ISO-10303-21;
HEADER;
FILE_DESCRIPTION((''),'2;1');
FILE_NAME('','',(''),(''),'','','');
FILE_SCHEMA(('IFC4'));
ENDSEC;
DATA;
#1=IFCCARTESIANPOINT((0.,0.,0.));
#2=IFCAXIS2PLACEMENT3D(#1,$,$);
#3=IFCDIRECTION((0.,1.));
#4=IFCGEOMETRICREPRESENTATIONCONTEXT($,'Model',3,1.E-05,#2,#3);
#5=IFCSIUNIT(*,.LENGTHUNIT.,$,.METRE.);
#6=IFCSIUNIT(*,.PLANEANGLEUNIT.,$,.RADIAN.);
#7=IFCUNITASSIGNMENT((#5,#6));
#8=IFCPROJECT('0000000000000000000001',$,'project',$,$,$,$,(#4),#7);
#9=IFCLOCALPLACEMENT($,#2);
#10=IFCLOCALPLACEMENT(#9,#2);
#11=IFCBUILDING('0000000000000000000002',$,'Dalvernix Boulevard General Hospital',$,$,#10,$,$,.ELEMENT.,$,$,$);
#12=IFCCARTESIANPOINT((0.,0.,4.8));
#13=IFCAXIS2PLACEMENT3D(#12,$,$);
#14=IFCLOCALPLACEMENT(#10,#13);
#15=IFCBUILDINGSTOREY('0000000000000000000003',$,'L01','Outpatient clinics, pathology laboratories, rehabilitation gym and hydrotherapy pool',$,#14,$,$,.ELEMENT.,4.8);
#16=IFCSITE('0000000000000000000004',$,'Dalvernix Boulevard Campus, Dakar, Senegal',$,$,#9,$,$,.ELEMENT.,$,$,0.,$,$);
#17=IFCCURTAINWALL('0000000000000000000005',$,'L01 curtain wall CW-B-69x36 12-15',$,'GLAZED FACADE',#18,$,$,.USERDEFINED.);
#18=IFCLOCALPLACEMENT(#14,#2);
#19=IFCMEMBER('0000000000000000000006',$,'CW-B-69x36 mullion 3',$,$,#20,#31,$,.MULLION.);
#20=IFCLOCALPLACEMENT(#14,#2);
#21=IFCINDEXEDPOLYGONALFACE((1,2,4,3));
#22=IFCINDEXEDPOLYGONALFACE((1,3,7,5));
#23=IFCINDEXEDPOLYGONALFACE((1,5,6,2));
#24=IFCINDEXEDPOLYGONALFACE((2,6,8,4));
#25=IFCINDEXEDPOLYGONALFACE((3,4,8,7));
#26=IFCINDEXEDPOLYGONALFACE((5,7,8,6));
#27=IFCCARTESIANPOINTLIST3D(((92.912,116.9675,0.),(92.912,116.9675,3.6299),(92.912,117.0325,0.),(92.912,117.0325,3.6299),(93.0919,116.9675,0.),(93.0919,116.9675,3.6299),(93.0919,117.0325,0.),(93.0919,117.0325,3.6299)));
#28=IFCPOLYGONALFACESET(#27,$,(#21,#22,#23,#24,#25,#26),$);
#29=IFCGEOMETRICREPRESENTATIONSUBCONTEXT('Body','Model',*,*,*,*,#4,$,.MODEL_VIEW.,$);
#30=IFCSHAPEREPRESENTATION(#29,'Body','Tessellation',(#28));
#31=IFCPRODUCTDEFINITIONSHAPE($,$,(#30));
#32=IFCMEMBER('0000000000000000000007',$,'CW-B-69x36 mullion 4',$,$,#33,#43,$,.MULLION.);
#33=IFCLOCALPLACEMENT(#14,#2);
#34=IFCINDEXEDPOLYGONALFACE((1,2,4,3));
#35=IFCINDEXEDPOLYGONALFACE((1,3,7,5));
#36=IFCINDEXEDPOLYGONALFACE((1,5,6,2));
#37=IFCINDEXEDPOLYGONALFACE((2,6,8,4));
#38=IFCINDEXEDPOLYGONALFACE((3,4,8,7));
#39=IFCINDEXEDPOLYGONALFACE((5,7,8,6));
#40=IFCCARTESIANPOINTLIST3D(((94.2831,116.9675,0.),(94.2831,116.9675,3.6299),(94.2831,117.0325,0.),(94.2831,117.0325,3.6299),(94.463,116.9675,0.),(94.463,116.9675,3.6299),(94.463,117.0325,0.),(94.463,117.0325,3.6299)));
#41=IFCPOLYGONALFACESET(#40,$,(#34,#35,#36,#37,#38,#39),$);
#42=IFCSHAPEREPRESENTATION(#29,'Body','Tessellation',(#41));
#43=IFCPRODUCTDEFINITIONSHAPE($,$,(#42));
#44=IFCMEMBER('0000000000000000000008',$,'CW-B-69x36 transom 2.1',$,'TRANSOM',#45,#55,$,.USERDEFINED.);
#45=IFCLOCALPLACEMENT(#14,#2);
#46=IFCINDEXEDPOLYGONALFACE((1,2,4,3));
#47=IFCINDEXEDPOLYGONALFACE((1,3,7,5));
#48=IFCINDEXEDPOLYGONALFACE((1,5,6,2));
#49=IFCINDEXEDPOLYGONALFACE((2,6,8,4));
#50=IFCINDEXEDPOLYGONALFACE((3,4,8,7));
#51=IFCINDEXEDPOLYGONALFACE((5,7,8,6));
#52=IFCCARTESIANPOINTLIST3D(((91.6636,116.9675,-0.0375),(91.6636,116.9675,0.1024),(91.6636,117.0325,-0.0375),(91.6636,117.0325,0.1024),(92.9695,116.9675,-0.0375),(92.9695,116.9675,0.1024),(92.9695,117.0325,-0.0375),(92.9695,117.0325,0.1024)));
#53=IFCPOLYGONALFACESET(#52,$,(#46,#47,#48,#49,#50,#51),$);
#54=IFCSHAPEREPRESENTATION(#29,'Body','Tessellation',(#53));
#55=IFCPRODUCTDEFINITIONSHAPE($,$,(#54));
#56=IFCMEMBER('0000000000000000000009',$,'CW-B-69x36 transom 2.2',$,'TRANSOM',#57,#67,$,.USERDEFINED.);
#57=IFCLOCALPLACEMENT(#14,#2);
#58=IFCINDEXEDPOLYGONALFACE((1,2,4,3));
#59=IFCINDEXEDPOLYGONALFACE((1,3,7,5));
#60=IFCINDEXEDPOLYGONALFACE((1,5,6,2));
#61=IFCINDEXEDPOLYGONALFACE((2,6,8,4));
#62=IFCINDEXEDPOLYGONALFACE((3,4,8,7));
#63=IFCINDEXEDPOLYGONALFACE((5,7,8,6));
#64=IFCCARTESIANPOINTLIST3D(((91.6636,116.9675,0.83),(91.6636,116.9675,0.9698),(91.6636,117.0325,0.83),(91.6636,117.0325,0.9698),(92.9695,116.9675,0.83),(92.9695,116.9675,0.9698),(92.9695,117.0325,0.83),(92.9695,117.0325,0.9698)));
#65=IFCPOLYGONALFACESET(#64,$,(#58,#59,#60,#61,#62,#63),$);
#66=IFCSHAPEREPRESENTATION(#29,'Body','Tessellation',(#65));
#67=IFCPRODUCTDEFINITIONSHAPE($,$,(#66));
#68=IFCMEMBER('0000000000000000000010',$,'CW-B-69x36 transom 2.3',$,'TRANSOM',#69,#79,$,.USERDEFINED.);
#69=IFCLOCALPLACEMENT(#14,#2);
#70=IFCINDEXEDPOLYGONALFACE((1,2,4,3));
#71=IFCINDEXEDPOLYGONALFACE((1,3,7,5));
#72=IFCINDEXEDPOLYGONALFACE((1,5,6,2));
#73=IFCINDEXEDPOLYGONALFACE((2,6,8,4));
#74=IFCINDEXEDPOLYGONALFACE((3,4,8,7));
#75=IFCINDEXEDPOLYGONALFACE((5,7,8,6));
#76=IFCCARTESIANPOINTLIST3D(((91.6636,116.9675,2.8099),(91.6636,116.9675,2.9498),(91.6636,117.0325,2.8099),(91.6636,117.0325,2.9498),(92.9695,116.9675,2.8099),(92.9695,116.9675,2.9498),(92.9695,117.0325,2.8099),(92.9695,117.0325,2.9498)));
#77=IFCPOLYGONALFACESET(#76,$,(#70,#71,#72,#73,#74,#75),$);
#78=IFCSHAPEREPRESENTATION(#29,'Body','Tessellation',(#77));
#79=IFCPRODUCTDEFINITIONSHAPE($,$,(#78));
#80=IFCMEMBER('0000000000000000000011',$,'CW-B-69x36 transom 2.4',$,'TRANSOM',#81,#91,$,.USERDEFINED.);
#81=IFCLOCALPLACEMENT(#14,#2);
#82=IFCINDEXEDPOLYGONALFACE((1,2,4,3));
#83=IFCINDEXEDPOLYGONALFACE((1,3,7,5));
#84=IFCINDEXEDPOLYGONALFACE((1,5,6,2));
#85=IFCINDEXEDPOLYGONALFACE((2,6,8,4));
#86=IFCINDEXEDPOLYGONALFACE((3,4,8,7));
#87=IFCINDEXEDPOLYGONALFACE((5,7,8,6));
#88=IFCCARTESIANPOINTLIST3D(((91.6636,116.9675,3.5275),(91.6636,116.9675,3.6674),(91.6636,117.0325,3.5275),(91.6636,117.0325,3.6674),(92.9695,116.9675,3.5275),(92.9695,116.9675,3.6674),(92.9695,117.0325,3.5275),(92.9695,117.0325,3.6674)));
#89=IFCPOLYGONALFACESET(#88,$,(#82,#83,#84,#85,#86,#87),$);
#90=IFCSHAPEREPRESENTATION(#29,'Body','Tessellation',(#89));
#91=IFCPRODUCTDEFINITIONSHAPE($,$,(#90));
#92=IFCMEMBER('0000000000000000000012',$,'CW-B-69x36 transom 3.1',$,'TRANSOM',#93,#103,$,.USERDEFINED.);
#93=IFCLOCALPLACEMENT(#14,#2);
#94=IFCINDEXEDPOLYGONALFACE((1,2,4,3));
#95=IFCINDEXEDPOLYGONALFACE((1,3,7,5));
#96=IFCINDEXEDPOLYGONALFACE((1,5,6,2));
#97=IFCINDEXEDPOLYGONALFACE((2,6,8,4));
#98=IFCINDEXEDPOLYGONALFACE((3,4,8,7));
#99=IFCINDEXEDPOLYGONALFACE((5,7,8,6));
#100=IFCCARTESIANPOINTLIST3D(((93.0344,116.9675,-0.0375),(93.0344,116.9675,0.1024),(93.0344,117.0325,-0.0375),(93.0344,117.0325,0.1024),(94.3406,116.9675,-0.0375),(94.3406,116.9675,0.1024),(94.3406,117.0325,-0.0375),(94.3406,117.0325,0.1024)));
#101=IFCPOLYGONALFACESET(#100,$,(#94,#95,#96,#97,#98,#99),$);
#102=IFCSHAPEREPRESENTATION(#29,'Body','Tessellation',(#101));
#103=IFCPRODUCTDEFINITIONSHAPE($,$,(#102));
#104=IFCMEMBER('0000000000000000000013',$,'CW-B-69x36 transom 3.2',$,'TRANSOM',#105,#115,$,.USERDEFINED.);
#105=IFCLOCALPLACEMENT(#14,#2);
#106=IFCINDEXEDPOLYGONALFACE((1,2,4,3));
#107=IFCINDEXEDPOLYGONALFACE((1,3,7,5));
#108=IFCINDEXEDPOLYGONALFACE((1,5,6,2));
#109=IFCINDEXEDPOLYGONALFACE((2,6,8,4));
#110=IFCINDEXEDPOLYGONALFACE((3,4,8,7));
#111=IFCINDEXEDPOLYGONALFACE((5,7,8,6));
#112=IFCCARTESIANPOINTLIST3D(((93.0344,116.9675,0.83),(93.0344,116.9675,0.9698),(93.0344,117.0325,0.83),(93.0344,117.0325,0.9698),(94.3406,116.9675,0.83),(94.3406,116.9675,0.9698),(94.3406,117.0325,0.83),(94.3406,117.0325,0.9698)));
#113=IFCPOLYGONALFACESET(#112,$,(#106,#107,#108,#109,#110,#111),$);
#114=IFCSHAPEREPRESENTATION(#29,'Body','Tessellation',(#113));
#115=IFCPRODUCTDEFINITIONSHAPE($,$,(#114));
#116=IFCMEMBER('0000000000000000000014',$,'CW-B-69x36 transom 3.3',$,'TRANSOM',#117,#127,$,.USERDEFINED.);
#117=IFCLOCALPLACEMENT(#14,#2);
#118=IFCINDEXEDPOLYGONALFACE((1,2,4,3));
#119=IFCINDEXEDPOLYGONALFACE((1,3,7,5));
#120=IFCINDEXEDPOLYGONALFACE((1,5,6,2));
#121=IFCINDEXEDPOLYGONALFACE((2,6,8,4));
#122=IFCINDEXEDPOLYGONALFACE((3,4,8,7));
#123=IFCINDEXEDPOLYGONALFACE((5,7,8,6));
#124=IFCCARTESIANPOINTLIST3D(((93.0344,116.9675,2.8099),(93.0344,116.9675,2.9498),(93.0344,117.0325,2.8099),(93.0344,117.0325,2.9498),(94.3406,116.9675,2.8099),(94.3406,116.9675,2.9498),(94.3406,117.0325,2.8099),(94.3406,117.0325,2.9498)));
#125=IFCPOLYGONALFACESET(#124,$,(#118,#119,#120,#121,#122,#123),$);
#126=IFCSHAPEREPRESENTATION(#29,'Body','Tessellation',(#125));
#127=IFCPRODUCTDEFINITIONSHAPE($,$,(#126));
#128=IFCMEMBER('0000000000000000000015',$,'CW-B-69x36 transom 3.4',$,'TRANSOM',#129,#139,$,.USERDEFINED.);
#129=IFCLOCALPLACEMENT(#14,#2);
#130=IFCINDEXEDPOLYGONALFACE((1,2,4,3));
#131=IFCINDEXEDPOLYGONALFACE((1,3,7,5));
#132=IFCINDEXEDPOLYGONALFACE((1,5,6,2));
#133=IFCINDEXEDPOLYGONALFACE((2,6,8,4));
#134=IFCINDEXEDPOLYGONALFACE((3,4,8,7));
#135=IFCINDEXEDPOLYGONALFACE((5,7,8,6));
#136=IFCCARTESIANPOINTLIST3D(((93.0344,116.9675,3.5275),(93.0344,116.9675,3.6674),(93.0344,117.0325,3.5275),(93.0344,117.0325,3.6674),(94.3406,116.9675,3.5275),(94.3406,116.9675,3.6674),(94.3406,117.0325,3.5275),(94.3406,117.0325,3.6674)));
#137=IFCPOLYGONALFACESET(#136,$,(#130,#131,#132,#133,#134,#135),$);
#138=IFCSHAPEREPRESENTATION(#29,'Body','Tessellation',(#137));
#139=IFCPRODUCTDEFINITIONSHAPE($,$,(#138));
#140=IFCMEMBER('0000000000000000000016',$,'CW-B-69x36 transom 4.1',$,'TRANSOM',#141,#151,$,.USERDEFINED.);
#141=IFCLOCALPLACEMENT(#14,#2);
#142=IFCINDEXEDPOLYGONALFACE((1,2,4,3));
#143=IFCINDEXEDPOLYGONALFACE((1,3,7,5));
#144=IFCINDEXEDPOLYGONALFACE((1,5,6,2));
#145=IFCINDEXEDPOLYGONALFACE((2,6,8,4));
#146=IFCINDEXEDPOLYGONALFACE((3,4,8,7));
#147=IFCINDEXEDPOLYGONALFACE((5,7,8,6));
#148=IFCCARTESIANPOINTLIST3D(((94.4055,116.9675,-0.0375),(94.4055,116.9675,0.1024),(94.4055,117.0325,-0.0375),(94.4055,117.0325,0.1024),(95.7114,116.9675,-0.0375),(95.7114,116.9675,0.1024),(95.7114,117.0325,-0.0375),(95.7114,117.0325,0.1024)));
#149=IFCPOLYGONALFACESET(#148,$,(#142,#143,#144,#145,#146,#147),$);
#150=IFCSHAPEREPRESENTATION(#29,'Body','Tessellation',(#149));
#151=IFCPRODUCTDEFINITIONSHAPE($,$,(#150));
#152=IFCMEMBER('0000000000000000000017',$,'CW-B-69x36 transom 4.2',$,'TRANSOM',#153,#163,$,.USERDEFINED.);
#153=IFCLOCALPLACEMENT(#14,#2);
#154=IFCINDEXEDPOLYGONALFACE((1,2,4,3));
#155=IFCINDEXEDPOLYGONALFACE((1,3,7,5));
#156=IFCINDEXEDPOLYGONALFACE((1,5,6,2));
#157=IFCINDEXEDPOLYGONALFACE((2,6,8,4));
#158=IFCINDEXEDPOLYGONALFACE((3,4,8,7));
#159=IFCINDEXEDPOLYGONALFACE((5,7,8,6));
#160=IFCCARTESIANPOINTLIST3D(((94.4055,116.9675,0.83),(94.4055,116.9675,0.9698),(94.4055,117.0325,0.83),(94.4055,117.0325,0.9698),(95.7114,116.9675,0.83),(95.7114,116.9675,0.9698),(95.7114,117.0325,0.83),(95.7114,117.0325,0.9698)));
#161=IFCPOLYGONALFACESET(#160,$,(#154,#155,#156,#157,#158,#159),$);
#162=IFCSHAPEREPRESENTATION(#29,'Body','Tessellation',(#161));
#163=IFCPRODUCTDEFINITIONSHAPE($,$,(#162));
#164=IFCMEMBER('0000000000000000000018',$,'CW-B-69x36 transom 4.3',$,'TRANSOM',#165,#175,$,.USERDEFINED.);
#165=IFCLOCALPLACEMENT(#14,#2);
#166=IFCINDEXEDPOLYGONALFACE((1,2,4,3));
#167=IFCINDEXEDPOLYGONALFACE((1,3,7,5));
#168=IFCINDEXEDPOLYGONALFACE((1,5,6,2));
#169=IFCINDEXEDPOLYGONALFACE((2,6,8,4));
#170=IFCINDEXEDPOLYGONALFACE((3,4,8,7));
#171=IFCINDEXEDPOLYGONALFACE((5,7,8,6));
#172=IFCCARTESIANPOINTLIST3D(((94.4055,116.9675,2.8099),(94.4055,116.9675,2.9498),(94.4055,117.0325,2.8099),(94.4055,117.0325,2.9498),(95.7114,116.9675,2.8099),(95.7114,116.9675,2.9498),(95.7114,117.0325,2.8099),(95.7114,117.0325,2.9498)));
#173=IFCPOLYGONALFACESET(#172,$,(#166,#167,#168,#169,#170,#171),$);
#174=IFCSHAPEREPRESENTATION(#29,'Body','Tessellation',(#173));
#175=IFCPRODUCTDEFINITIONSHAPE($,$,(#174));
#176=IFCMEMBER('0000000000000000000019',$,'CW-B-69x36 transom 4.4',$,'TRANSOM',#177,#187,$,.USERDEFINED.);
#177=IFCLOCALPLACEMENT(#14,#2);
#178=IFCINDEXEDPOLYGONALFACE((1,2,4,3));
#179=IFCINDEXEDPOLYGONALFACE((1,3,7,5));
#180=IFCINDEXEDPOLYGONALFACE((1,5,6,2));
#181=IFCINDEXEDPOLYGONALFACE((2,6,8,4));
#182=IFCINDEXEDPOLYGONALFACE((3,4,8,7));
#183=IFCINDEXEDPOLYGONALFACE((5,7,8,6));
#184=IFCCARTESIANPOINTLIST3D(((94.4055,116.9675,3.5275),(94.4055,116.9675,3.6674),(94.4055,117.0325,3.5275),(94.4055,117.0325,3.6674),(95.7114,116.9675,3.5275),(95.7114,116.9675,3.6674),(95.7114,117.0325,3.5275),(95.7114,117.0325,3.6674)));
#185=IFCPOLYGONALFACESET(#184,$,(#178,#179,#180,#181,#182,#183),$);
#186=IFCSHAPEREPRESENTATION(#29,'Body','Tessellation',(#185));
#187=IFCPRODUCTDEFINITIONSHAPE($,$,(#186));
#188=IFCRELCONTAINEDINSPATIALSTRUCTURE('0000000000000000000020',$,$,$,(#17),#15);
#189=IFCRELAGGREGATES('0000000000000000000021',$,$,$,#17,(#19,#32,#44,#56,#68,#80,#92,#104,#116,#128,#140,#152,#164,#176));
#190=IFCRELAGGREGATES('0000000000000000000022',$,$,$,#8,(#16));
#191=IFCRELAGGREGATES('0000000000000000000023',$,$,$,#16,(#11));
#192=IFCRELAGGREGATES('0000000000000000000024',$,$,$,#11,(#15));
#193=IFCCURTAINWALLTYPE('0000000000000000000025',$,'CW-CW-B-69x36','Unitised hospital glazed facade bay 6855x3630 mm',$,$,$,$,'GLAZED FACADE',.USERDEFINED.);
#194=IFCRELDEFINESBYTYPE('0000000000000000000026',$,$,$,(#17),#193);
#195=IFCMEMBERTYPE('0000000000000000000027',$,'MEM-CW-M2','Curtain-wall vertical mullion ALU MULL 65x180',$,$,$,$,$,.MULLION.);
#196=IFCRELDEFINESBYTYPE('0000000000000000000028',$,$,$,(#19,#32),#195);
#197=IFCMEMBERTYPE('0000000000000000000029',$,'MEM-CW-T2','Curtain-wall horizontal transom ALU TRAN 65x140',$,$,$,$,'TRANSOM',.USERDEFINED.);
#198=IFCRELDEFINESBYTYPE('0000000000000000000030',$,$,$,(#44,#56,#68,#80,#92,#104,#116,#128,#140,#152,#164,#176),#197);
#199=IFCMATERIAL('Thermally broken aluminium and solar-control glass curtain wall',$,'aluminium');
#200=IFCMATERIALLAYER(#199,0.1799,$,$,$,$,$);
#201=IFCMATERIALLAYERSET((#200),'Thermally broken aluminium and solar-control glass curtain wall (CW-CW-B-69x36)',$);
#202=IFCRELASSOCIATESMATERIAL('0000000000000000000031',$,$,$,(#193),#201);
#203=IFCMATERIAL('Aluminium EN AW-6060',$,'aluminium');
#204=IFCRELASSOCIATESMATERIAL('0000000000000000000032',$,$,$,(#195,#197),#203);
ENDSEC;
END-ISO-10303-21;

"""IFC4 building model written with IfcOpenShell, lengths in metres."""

from ifc_helpers import new_model, si_unit, direction, frame, origin, origin_2d, place, context, subcontext, project, spatial, rectangle, extrude, material, layer, layer_set, material_profile, profile_set, type_object, element, aggregate, save


model = new_model("IFC4")

# Units and contexts
model_context = context("Model", 3, precision=1e-05, world=origin(), true_north=direction((0.0, 1.0)))
body_context = subcontext(model_context, "Body", "Model", "MODEL_VIEW")
ifc_project = project(units=[si_unit("LENGTHUNIT", "METRE"), si_unit("PLANEANGLEUNIT", "RADIAN")], contexts=[model_context])

# Site, building, storey
site_placement = place(None, origin())
site = spatial("IfcSite", under=ifc_project, at=site_placement, Name="Dalvernix Boulevard Campus, Dakar, Senegal", CompositionType="ELEMENT", RefElevation=0.0)
building_placement = place(site_placement, origin())
building = spatial("IfcBuilding", under=site, at=building_placement, Name="Dalvernix Boulevard General Hospital", CompositionType="ELEMENT")
storey_placement = place(building_placement, frame((0.0, 0.0, 4.8)))
storey = spatial("IfcBuildingStorey", under=building, at=storey_placement, Name="L01", Description="Outpatient clinics, pathology laboratories, rehabilitation gym and hydrotherapy pool", CompositionType="ELEMENT", Elevation=4.8)

# Curtain wall, members
ifc_material_1 = material(Name="Thermally broken aluminium and solar-control glass curtain wall", Category="aluminium")
ifc_layer_1 = layer(ifc_material_1, 0.1799)
ifc_layer_set_1 = layer_set([ifc_layer_1], Name="Thermally broken aluminium and solar-control glass curtain wall (CW-CW-B-69x36)")
curtain_wall_type = type_object("IfcCurtainWallType", Name="CW-CW-B-69x36", Description="Unitised hospital glazed facade bay 6855x3630 mm", ElementType="GLAZED FACADE", PredefinedType="USERDEFINED", material=ifc_layer_set_1)
curtain_wall_placement = place(storey_placement, origin())
curtain_wall = element("IfcCurtainWall", 1, at=curtain_wall_placement, inside=storey, type_object=curtain_wall_type, Name="L01 curtain wall CW-B-69x36 12-15", ObjectType="GLAZED FACADE", PredefinedType="USERDEFINED")
ifc_material_2 = material(Name="Aluminium EN AW-6060", Category="aluminium")
ifc_material_profile_1 = material_profile(ifc_material_2, rectangle(XDim=0.0649, YDim=0.1799, at=origin_2d()), Name="ALU MULL 65x180")
ifc_profile_set_1 = profile_set([ifc_material_profile_1], Name="Aluminium EN AW-6060")
member_type_1 = type_object("IfcMemberType", Name="MEM-CW-M2", Description="Curtain-wall vertical mullion ALU MULL 65x180", PredefinedType="MULLION", material=ifc_profile_set_1)
member_1_placement = place(storey_placement, frame((93.002, 117.0, 0.0), z_axis=(0.0, 0.0, 1.0), x_axis=(0.0, 1.0, 0.0)))
member_1 = element("IfcMember", 2, at=member_1_placement, type_object=member_type_1, Name="CW-B-69x36 mullion 3", PredefinedType="MULLION", context=body_context, shape_type="SweptSolid", body=[
    extrude(rectangle(XDim=0.0649, YDim=0.1799, at=origin_2d()), origin(), (0.0, 0.0, 1.0), 3.6299),
])
member_2_placement = place(storey_placement, frame((94.373, 117.0, 0.0), z_axis=(0.0, 0.0, 1.0), x_axis=(0.0, 1.0, 0.0)))
member_2 = element("IfcMember", 3, at=member_2_placement, type_object=member_type_1, Name="CW-B-69x36 mullion 4", PredefinedType="MULLION", context=body_context, shape_type="SweptSolid", body=[
    extrude(rectangle(XDim=0.0649, YDim=0.1799, at=origin_2d()), origin(), (0.0, 0.0, 1.0), 3.6299),
])
ifc_material_profile_2 = material_profile(ifc_material_2, rectangle(XDim=0.0649, YDim=0.1399, at=origin_2d()), Name="ALU TRAN 65x140")
ifc_profile_set_2 = profile_set([ifc_material_profile_2], Name="Aluminium EN AW-6060")
member_type_2 = type_object("IfcMemberType", Name="MEM-CW-T2", Description="Curtain-wall horizontal transom ALU TRAN 65x140", ElementType="TRANSOM", PredefinedType="USERDEFINED", material=ifc_profile_set_2)
member_3_placement = place(storey_placement, frame((91.6636, 117.0, 0.0325), z_axis=(1.0, 0.0, 0.0), x_axis=(0.0, 1.0, 0.0)))
member_3 = element("IfcMember", 4, at=member_3_placement, type_object=member_type_2, Name="CW-B-69x36 transom 2.1", ObjectType="TRANSOM", PredefinedType="USERDEFINED", context=body_context, shape_type="SweptSolid", body=[
    extrude(rectangle(XDim=0.0649, YDim=0.1399, at=origin_2d()), origin(), (0.0, 0.0, 1.0), 1.3059),
])
member_4_placement = place(storey_placement, frame((91.6636, 117.0, 0.8999), z_axis=(1.0, 0.0, 0.0), x_axis=(0.0, 1.0, 0.0)))
member_4 = element("IfcMember", 5, at=member_4_placement, type_object=member_type_2, Name="CW-B-69x36 transom 2.2", ObjectType="TRANSOM", PredefinedType="USERDEFINED", context=body_context, shape_type="SweptSolid", body=[
    extrude(rectangle(XDim=0.0649, YDim=0.1399, at=origin_2d()), origin(), (0.0, 0.0, 1.0), 1.3059),
])
member_5_placement = place(storey_placement, frame((91.6636, 117.0, 2.8799), z_axis=(1.0, 0.0, 0.0), x_axis=(0.0, 1.0, 0.0)))
member_5 = element("IfcMember", 6, at=member_5_placement, type_object=member_type_2, Name="CW-B-69x36 transom 2.3", ObjectType="TRANSOM", PredefinedType="USERDEFINED", context=body_context, shape_type="SweptSolid", body=[
    extrude(rectangle(XDim=0.0649, YDim=0.1399, at=origin_2d()), origin(), (0.0, 0.0, 1.0), 1.3059),
])
member_6_placement = place(storey_placement, frame((91.6636, 117.0, 3.5974), z_axis=(1.0, 0.0, 0.0), x_axis=(0.0, 1.0, 0.0)))
member_6 = element("IfcMember", 7, at=member_6_placement, type_object=member_type_2, Name="CW-B-69x36 transom 2.4", ObjectType="TRANSOM", PredefinedType="USERDEFINED", context=body_context, shape_type="SweptSolid", body=[
    extrude(rectangle(XDim=0.0649, YDim=0.1399, at=origin_2d()), origin(), (0.0, 0.0, 1.0), 1.3059),
])
member_7_placement = place(storey_placement, frame((93.0344, 117.0, 0.0325), z_axis=(1.0, 0.0, 0.0), x_axis=(0.0, 1.0, 0.0)))
member_7 = element("IfcMember", 8, at=member_7_placement, type_object=member_type_2, Name="CW-B-69x36 transom 3.1", ObjectType="TRANSOM", PredefinedType="USERDEFINED", context=body_context, shape_type="SweptSolid", body=[
    extrude(rectangle(XDim=0.0649, YDim=0.1399, at=origin_2d()), origin(), (0.0, 0.0, 1.0), 1.3062),
])
member_8_placement = place(storey_placement, frame((93.0344, 117.0, 0.8999), z_axis=(1.0, 0.0, 0.0), x_axis=(0.0, 1.0, 0.0)))
member_8 = element("IfcMember", 9, at=member_8_placement, type_object=member_type_2, Name="CW-B-69x36 transom 3.2", ObjectType="TRANSOM", PredefinedType="USERDEFINED", context=body_context, shape_type="SweptSolid", body=[
    extrude(rectangle(XDim=0.0649, YDim=0.1399, at=origin_2d()), origin(), (0.0, 0.0, 1.0), 1.3062),
])
member_9_placement = place(storey_placement, frame((93.0344, 117.0, 2.8799), z_axis=(1.0, 0.0, 0.0), x_axis=(0.0, 1.0, 0.0)))
member_9 = element("IfcMember", 10, at=member_9_placement, type_object=member_type_2, Name="CW-B-69x36 transom 3.3", ObjectType="TRANSOM", PredefinedType="USERDEFINED", context=body_context, shape_type="SweptSolid", body=[
    extrude(rectangle(XDim=0.0649, YDim=0.1399, at=origin_2d()), origin(), (0.0, 0.0, 1.0), 1.3062),
])
member_10_placement = place(storey_placement, frame((93.0344, 117.0, 3.5974), z_axis=(1.0, 0.0, 0.0), x_axis=(0.0, 1.0, 0.0)))
member_10 = element("IfcMember", 11, at=member_10_placement, type_object=member_type_2, Name="CW-B-69x36 transom 3.4", ObjectType="TRANSOM", PredefinedType="USERDEFINED", context=body_context, shape_type="SweptSolid", body=[
    extrude(rectangle(XDim=0.0649, YDim=0.1399, at=origin_2d()), origin(), (0.0, 0.0, 1.0), 1.3062),
])
member_11_placement = place(storey_placement, frame((94.4055, 117.0, 0.0325), z_axis=(1.0, 0.0, 0.0), x_axis=(0.0, 1.0, 0.0)))
member_11 = element("IfcMember", 12, at=member_11_placement, type_object=member_type_2, Name="CW-B-69x36 transom 4.1", ObjectType="TRANSOM", PredefinedType="USERDEFINED", context=body_context, shape_type="SweptSolid", body=[
    extrude(rectangle(XDim=0.0649, YDim=0.1399, at=origin_2d()), origin(), (0.0, 0.0, 1.0), 1.3059),
])
member_12_placement = place(storey_placement, frame((94.4055, 117.0, 0.8999), z_axis=(1.0, 0.0, 0.0), x_axis=(0.0, 1.0, 0.0)))
member_12 = element("IfcMember", 13, at=member_12_placement, type_object=member_type_2, Name="CW-B-69x36 transom 4.2", ObjectType="TRANSOM", PredefinedType="USERDEFINED", context=body_context, shape_type="SweptSolid", body=[
    extrude(rectangle(XDim=0.0649, YDim=0.1399, at=origin_2d()), origin(), (0.0, 0.0, 1.0), 1.3059),
])
member_13_placement = place(storey_placement, frame((94.4055, 117.0, 2.8799), z_axis=(1.0, 0.0, 0.0), x_axis=(0.0, 1.0, 0.0)))
member_13 = element("IfcMember", 14, at=member_13_placement, type_object=member_type_2, Name="CW-B-69x36 transom 4.3", ObjectType="TRANSOM", PredefinedType="USERDEFINED", context=body_context, shape_type="SweptSolid", body=[
    extrude(rectangle(XDim=0.0649, YDim=0.1399, at=origin_2d()), origin(), (0.0, 0.0, 1.0), 1.3059),
])
member_14_placement = place(storey_placement, frame((94.4055, 117.0, 3.5974), z_axis=(1.0, 0.0, 0.0), x_axis=(0.0, 1.0, 0.0)))
member_14 = element("IfcMember", 15, at=member_14_placement, type_object=member_type_2, Name="CW-B-69x36 transom 4.4", ObjectType="TRANSOM", PredefinedType="USERDEFINED", context=body_context, shape_type="SweptSolid", body=[
    extrude(rectangle(XDim=0.0649, YDim=0.1399, at=origin_2d()), origin(), (0.0, 0.0, 1.0), 1.3059),
])
aggregate(curtain_wall, [member_1, member_2, member_3, member_4, member_5, member_6, member_7, member_8, member_9, member_10, member_11, member_12, member_13, member_14])

save(model, "model.ifc")
